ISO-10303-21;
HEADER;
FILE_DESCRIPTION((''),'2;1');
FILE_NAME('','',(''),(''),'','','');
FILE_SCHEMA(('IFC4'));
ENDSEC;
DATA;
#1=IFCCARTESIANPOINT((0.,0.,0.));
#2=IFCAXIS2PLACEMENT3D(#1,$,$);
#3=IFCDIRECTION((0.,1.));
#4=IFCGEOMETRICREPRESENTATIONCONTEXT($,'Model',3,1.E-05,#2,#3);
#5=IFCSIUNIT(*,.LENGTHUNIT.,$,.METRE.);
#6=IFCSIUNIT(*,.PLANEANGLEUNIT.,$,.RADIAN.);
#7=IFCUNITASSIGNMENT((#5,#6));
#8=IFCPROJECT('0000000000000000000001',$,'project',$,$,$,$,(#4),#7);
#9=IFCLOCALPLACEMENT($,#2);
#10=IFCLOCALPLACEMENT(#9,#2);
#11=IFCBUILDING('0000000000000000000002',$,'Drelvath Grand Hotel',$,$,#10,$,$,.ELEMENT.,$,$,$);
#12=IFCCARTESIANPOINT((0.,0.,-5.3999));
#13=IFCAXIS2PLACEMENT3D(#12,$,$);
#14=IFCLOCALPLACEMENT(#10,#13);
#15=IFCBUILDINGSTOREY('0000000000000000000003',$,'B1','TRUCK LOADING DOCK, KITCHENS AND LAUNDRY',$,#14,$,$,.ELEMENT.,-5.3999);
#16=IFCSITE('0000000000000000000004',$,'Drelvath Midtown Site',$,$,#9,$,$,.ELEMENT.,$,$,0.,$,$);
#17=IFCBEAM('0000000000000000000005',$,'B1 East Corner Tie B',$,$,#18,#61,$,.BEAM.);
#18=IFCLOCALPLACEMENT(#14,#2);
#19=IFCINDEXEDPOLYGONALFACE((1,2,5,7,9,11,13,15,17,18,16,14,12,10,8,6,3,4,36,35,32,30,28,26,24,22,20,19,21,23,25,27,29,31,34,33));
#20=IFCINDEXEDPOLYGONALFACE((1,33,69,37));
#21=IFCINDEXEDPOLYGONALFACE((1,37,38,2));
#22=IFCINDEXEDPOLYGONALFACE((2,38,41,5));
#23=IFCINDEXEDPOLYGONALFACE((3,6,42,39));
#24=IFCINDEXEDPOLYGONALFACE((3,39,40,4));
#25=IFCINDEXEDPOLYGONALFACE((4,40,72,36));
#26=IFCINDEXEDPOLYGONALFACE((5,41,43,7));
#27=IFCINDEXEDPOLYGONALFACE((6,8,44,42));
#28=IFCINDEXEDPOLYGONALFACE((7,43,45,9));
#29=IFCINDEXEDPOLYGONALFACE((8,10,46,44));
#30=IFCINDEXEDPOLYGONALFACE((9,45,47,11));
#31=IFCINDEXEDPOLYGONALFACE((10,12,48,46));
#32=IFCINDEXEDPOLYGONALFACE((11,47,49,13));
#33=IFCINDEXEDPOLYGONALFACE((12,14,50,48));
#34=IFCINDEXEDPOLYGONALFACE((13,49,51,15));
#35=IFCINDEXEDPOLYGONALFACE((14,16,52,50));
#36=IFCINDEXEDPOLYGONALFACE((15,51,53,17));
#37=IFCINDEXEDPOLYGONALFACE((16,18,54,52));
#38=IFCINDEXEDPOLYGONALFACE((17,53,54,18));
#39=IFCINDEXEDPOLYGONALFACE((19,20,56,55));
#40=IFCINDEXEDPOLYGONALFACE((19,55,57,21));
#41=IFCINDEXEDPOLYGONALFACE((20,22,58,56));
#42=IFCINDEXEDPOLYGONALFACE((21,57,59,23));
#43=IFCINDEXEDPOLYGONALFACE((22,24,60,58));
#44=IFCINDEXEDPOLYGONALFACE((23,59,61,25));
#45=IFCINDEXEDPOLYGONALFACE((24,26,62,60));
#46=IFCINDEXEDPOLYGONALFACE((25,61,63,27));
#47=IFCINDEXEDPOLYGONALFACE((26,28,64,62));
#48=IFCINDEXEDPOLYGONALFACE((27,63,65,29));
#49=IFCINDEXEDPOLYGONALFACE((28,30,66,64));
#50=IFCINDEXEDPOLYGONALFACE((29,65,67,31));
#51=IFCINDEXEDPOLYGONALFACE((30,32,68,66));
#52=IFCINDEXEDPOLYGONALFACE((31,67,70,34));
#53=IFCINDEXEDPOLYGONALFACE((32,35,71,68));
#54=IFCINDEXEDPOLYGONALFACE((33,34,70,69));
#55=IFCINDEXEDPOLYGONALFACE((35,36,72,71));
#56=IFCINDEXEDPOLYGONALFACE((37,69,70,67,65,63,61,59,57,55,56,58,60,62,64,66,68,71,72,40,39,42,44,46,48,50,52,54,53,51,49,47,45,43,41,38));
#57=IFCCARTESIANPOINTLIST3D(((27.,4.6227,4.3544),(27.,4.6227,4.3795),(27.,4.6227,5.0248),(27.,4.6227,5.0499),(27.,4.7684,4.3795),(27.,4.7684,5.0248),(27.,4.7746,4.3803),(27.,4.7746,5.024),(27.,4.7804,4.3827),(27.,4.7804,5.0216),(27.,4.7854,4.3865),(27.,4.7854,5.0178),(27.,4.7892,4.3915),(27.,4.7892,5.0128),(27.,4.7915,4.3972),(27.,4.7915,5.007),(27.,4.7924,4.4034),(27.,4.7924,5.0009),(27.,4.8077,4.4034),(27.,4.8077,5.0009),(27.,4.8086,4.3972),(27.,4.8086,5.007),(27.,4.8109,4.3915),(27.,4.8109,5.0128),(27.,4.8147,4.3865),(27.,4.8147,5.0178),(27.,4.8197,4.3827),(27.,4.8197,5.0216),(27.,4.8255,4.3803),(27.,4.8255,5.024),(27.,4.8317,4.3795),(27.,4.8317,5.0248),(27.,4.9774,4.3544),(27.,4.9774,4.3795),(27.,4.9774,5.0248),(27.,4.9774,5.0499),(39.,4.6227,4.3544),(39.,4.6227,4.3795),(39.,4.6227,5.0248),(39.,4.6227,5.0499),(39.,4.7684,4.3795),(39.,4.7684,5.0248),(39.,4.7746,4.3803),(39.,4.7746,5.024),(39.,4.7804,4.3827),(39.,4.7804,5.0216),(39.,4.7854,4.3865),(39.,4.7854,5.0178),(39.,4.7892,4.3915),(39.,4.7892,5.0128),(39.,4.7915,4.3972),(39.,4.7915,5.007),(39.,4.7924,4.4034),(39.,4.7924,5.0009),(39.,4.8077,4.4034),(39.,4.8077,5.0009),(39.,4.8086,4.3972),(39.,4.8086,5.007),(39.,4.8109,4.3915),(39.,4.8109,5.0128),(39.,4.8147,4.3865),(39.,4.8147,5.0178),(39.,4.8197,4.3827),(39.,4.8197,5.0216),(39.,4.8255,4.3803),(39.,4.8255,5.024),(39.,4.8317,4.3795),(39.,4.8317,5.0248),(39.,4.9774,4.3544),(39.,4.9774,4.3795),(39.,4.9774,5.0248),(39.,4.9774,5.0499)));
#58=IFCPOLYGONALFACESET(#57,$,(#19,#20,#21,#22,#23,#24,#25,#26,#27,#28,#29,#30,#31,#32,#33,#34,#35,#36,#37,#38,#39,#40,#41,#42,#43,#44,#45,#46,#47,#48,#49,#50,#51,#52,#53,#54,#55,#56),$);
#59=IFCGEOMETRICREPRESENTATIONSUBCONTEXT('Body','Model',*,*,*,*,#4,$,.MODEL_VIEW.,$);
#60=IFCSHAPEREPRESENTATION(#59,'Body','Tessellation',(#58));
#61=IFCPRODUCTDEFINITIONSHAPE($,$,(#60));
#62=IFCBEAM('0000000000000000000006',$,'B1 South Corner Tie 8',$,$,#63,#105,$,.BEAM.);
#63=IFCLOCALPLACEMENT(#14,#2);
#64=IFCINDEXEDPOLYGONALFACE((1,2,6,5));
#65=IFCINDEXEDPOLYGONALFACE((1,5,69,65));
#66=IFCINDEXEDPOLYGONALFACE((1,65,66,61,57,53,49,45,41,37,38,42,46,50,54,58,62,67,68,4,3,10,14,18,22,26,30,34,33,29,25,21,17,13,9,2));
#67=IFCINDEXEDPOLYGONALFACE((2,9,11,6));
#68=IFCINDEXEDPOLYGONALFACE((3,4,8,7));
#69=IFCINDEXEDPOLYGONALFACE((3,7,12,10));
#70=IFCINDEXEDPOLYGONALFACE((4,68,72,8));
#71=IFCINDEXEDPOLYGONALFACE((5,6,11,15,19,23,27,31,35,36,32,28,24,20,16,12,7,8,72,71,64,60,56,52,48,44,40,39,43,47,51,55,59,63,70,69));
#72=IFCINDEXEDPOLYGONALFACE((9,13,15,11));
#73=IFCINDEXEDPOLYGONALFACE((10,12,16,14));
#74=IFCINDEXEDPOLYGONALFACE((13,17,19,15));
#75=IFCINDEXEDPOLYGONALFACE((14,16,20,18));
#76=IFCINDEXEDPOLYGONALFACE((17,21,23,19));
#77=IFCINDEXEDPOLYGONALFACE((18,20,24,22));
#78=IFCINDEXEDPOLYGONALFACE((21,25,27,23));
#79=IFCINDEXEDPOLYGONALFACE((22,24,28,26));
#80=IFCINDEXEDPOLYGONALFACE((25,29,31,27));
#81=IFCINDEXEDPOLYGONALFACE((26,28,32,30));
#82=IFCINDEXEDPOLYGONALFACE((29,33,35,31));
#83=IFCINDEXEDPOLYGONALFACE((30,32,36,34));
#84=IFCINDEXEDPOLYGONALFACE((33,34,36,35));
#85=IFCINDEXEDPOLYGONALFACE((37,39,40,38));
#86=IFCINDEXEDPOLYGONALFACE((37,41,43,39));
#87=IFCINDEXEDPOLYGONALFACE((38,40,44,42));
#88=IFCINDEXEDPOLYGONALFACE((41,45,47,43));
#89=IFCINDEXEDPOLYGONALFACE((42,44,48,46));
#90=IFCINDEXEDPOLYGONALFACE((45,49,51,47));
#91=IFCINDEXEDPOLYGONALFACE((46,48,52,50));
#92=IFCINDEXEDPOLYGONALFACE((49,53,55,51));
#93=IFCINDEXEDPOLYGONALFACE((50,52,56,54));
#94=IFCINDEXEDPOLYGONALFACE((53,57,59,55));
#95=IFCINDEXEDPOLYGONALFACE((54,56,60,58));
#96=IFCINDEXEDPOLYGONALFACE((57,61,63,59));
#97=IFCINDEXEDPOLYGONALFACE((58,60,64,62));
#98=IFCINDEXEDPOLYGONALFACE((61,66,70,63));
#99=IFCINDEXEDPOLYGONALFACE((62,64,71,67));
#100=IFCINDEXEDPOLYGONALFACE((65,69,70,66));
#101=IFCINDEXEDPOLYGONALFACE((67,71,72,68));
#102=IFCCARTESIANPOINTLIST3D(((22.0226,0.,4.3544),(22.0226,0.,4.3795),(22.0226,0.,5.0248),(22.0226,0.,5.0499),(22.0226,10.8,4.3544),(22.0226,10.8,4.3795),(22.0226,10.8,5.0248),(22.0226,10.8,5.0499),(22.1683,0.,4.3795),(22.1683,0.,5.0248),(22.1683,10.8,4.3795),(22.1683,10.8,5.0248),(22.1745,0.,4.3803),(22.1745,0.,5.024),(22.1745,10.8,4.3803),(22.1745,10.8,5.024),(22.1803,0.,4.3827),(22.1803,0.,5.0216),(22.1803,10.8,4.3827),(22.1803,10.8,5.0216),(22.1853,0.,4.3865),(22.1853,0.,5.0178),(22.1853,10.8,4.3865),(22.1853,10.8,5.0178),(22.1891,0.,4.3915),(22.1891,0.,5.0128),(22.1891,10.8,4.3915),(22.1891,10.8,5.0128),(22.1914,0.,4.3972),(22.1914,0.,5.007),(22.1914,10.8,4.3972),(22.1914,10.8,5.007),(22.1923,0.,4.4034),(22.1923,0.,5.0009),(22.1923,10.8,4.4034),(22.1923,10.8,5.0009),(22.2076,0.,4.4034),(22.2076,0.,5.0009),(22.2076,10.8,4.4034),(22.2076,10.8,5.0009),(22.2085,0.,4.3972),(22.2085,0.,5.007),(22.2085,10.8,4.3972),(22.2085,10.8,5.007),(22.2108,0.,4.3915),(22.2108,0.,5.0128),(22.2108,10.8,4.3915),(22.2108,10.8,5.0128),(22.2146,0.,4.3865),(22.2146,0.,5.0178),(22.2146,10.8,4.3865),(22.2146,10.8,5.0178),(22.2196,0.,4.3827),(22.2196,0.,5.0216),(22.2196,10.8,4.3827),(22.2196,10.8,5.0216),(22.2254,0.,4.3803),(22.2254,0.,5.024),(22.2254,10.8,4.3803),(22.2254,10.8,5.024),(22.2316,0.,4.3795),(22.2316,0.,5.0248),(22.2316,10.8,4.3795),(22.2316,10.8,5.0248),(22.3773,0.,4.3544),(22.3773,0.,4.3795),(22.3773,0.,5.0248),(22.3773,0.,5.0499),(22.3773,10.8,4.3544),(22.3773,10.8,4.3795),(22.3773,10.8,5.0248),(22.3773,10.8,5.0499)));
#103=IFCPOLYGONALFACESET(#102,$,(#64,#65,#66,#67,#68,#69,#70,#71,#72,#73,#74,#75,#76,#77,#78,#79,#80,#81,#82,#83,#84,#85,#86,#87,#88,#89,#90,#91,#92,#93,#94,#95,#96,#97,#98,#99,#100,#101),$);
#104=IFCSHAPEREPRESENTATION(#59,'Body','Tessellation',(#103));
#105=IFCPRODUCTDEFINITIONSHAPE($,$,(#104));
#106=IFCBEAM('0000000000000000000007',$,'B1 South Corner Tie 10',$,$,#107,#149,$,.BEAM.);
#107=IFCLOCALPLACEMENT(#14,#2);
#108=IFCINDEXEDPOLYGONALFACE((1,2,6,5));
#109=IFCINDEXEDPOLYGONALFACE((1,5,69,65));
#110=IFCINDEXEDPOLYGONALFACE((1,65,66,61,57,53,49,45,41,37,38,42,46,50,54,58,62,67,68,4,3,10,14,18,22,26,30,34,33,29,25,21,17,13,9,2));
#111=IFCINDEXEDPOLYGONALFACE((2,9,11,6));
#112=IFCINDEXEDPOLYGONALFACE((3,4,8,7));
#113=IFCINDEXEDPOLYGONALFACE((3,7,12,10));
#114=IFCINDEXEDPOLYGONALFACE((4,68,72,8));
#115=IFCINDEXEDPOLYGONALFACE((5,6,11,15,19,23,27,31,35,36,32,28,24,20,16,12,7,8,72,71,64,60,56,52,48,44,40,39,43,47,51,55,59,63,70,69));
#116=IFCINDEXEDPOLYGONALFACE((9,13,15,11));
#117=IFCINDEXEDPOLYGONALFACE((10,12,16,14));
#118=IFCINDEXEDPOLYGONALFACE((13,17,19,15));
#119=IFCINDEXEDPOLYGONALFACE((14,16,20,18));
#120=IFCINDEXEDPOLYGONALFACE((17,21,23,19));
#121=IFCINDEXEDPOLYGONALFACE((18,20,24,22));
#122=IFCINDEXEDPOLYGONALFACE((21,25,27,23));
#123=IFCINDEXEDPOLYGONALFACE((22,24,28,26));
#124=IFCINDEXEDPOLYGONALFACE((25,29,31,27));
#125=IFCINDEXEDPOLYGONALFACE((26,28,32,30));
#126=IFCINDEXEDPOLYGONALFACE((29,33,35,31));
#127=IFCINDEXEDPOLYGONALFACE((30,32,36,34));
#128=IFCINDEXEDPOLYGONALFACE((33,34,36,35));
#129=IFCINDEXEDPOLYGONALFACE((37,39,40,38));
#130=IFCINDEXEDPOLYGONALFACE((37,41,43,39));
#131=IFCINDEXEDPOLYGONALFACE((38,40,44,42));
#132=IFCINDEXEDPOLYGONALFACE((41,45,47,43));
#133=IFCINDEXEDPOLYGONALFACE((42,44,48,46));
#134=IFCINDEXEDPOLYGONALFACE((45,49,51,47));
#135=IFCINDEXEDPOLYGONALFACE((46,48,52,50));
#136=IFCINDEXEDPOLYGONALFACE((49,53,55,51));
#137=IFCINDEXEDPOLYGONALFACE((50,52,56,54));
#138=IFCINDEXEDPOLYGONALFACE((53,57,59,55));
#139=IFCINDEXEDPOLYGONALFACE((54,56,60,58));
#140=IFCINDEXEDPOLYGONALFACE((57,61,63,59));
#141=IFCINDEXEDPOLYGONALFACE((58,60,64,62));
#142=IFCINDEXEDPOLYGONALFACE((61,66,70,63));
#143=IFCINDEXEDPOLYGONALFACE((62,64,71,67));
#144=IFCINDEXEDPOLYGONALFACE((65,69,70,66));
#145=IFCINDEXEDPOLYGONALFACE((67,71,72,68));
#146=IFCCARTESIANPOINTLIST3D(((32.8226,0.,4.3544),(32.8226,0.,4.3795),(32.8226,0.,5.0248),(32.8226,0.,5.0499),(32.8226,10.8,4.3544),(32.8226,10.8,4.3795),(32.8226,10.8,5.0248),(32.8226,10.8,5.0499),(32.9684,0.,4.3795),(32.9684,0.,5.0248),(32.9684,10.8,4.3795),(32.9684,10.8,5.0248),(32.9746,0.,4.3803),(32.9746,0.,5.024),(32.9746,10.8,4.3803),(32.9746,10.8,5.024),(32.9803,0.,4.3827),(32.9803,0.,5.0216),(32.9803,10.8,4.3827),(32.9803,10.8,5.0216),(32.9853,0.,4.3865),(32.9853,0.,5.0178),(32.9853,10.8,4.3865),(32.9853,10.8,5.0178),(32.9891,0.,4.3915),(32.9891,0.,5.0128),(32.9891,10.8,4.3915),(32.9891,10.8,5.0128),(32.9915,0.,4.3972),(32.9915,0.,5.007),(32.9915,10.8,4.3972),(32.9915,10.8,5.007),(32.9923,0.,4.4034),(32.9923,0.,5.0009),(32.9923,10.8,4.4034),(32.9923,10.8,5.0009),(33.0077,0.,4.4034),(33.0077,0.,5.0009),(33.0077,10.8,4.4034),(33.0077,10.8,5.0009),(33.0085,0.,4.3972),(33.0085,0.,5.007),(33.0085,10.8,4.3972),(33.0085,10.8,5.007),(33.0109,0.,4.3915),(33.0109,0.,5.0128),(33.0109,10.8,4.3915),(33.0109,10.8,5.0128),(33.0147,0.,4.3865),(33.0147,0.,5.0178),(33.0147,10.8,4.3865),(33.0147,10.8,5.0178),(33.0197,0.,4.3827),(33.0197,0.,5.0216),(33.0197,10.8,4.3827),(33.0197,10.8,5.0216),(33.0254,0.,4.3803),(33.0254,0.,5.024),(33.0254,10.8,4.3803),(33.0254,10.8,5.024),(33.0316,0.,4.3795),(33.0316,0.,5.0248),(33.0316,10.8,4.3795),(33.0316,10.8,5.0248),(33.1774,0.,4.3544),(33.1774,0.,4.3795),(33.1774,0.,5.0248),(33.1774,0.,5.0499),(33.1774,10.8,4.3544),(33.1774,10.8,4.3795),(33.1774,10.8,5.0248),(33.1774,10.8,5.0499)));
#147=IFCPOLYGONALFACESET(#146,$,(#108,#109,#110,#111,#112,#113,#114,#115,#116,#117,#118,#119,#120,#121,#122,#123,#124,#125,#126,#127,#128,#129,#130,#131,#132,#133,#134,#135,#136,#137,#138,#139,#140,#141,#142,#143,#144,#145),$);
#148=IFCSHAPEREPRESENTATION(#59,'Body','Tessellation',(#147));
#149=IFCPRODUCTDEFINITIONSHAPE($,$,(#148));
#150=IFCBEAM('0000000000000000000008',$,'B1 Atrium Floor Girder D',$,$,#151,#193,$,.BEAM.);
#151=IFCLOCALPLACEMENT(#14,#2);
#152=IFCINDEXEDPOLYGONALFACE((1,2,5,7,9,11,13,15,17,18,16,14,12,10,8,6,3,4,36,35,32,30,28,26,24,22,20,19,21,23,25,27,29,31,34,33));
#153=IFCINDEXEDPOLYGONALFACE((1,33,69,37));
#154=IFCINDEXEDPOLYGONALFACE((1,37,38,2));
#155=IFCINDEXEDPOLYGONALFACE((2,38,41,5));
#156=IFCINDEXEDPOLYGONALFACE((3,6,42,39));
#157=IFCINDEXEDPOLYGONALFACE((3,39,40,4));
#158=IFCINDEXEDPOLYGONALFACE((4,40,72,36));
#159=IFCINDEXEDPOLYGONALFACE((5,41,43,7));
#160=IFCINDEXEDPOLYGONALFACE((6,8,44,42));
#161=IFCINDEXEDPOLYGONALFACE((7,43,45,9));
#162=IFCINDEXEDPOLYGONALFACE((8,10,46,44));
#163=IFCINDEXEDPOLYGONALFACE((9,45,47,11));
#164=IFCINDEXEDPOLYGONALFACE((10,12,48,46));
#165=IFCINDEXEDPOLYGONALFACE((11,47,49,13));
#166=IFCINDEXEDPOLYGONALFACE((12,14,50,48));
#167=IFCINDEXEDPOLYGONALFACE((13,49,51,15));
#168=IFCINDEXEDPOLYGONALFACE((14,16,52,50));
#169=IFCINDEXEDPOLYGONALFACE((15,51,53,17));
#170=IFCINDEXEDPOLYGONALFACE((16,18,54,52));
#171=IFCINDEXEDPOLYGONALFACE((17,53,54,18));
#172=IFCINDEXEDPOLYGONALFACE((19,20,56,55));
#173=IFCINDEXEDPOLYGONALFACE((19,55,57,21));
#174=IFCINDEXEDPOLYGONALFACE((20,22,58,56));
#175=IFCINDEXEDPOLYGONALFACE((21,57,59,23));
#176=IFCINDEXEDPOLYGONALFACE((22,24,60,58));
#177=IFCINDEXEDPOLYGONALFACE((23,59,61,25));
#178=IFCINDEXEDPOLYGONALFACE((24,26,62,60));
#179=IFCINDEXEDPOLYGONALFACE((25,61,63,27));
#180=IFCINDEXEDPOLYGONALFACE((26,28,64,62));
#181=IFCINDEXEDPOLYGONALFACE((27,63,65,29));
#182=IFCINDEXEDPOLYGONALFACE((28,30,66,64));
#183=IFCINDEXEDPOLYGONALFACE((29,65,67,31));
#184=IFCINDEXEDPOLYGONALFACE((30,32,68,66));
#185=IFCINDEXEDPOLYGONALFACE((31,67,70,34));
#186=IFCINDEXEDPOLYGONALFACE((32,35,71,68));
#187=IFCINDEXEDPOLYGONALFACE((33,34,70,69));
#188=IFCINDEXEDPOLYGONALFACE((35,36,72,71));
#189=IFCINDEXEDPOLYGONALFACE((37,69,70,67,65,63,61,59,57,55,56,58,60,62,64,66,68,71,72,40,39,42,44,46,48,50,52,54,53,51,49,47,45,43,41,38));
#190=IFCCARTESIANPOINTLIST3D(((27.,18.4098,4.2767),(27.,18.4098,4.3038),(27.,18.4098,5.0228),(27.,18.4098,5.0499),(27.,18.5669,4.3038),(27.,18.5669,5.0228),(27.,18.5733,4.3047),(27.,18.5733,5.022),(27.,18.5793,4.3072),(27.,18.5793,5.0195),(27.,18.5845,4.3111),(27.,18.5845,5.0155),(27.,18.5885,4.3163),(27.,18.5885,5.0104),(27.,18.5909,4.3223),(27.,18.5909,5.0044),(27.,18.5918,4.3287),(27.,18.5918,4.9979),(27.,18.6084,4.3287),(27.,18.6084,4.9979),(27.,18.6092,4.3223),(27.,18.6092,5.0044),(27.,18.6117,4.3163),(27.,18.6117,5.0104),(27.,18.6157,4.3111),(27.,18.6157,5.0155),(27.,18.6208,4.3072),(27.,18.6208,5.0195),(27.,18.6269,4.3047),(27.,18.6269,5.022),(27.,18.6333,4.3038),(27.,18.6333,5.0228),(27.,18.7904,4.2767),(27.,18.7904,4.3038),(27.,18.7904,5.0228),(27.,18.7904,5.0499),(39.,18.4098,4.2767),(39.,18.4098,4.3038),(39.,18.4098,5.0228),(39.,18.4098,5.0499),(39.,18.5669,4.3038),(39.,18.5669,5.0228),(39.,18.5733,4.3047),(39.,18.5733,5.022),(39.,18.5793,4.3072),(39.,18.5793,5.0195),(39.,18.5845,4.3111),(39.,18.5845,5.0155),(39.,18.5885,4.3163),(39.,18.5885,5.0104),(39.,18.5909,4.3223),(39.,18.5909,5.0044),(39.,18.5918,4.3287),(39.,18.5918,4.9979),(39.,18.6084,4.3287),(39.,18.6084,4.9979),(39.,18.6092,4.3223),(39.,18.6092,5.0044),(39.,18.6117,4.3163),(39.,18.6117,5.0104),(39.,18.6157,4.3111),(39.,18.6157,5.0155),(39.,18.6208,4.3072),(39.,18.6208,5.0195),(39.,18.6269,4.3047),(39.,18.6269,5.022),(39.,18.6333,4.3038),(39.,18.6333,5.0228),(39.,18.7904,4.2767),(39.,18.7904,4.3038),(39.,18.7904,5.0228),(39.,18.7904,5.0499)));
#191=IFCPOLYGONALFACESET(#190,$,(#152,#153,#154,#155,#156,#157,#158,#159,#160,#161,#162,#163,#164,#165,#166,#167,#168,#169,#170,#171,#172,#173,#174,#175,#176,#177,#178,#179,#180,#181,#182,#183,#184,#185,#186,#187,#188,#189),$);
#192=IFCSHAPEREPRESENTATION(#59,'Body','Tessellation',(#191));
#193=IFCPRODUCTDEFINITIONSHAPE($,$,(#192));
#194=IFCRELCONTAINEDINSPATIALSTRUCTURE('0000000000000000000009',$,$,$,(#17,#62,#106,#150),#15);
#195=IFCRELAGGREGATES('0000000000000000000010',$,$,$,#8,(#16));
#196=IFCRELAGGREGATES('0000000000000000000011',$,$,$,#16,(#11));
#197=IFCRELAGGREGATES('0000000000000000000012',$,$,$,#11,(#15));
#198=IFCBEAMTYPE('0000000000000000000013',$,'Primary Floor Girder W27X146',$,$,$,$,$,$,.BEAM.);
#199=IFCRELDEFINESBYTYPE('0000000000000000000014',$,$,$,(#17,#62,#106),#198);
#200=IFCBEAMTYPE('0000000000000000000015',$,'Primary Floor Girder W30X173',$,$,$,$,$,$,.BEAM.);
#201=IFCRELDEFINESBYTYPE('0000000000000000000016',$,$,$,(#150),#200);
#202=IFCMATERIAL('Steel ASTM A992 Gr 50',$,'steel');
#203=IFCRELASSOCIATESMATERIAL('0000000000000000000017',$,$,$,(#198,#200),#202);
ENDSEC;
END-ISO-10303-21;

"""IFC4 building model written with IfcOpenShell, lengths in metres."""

from ifc_helpers import new_model, si_unit, direction, frame, origin, origin_2d, place, context, subcontext, project, spatial, i_section, extrude, material, material_profile, profile_set, type_object, element, save


model = new_model("IFC4")

# Units and contexts
model_context = context("Model", 3, precision=1e-05, world=origin(), true_north=direction((0.0, 1.0)))
body_context = subcontext(model_context, "Body", "Model", "MODEL_VIEW")
ifc_project = project(units=[si_unit("LENGTHUNIT", "METRE"), si_unit("PLANEANGLEUNIT", "RADIAN")], contexts=[model_context])

# Site, building, storey
site_placement = place(None, origin())
site = spatial("IfcSite", under=ifc_project, at=site_placement, Name="Drelvath Midtown Site", CompositionType="ELEMENT", RefElevation=0.0)
building_placement = place(site_placement, origin())
building = spatial("IfcBuilding", under=site, at=building_placement, Name="Drelvath Grand Hotel", CompositionType="ELEMENT")
storey_placement = place(building_placement, frame((0.0, 0.0, -5.3999)))
storey = spatial("IfcBuildingStorey", under=building, at=storey_placement, Name="B1", Description="TRUCK LOADING DOCK, KITCHENS AND LAUNDRY", CompositionType="ELEMENT", Elevation=-5.3999)

# Beams
ifc_material_1 = material(Name="Steel ASTM A992 Gr 50", Category="steel")
ifc_material_profile_1 = material_profile(ifc_material_1, i_section(OverallWidth=0.3547, OverallDepth=0.6956, WebThickness=0.0154, FlangeThickness=0.0251, FilletRadius=0.0239, at=origin_2d()), Name="W27X146")
ifc_profile_set_1 = profile_set([ifc_material_profile_1], Name="Steel ASTM A992 Gr 50")
beam_type_1 = type_object("IfcBeamType", Name="Primary Floor Girder W27X146", PredefinedType="BEAM", material=ifc_profile_set_1)
beam_1_placement = place(storey_placement, frame((27.0, 4.8, 4.7021), z_axis=(1.0, 0.0, 0.0), x_axis=(0.0, 1.0, 0.0)))
element("IfcBeam", 1, at=beam_1_placement, inside=storey, type_object=beam_type_1, Name="B1 East Corner Tie B", PredefinedType="BEAM", context=body_context, shape_type="SweptSolid", body=[
    extrude(i_section(OverallWidth=0.3547, OverallDepth=0.6956, WebThickness=0.0154, FlangeThickness=0.0251, FilletRadius=0.0239, at=origin_2d()), origin(), (0.0, 0.0, 1.0), 12.0),
])
for number, where, z_axis, x_axis, name in (
    (2, (22.2, 0.0, 4.7021), (0.0, 1.0, 0.0), (-1.0, 0.0, 0.0), "B1 South Corner Tie 8"),
    (3, (33.0, 0.0, 4.7021), (0.0, 1.0, 0.0), (-1.0, 0.0, 0.0), "B1 South Corner Tie 10"),
):
    element("IfcBeam", number, at=place(storey_placement, frame(where, z_axis=z_axis, x_axis=x_axis)), inside=storey, type_object=beam_type_1, Name=name, PredefinedType="BEAM", context=body_context, shape_type="SweptSolid", body=[
        extrude(i_section(OverallWidth=0.3547, OverallDepth=0.6956, WebThickness=0.0154, FlangeThickness=0.0251, FilletRadius=0.0239, at=origin_2d()), origin(), (0.0, 0.0, 1.0), 10.8),
    ])
ifc_material_profile_2 = material_profile(ifc_material_1, i_section(OverallWidth=0.3806, OverallDepth=0.7732, WebThickness=0.0166, FlangeThickness=0.0271, FilletRadius=0.0249, at=origin_2d()), Name="W30X173")
ifc_profile_set_2 = profile_set([ifc_material_profile_2], Name="Steel ASTM A992 Gr 50")
beam_type_2 = type_object("IfcBeamType", Name="Primary Floor Girder W30X173", PredefinedType="BEAM", material=ifc_profile_set_2)
beam_2_placement = place(storey_placement, frame((27.0, 18.6001, 4.6633), z_axis=(1.0, 0.0, 0.0), x_axis=(0.0, 1.0, 0.0)))
element("IfcBeam", 4, at=beam_2_placement, inside=storey, type_object=beam_type_2, Name="B1 Atrium Floor Girder D", PredefinedType="BEAM", context=body_context, shape_type="SweptSolid", body=[
    extrude(i_section(OverallWidth=0.3806, OverallDepth=0.7732, WebThickness=0.0166, FlangeThickness=0.0271, FilletRadius=0.0249, at=origin_2d()), origin(), (0.0, 0.0, 1.0), 12.0),
])

save(model, "model.ifc")
